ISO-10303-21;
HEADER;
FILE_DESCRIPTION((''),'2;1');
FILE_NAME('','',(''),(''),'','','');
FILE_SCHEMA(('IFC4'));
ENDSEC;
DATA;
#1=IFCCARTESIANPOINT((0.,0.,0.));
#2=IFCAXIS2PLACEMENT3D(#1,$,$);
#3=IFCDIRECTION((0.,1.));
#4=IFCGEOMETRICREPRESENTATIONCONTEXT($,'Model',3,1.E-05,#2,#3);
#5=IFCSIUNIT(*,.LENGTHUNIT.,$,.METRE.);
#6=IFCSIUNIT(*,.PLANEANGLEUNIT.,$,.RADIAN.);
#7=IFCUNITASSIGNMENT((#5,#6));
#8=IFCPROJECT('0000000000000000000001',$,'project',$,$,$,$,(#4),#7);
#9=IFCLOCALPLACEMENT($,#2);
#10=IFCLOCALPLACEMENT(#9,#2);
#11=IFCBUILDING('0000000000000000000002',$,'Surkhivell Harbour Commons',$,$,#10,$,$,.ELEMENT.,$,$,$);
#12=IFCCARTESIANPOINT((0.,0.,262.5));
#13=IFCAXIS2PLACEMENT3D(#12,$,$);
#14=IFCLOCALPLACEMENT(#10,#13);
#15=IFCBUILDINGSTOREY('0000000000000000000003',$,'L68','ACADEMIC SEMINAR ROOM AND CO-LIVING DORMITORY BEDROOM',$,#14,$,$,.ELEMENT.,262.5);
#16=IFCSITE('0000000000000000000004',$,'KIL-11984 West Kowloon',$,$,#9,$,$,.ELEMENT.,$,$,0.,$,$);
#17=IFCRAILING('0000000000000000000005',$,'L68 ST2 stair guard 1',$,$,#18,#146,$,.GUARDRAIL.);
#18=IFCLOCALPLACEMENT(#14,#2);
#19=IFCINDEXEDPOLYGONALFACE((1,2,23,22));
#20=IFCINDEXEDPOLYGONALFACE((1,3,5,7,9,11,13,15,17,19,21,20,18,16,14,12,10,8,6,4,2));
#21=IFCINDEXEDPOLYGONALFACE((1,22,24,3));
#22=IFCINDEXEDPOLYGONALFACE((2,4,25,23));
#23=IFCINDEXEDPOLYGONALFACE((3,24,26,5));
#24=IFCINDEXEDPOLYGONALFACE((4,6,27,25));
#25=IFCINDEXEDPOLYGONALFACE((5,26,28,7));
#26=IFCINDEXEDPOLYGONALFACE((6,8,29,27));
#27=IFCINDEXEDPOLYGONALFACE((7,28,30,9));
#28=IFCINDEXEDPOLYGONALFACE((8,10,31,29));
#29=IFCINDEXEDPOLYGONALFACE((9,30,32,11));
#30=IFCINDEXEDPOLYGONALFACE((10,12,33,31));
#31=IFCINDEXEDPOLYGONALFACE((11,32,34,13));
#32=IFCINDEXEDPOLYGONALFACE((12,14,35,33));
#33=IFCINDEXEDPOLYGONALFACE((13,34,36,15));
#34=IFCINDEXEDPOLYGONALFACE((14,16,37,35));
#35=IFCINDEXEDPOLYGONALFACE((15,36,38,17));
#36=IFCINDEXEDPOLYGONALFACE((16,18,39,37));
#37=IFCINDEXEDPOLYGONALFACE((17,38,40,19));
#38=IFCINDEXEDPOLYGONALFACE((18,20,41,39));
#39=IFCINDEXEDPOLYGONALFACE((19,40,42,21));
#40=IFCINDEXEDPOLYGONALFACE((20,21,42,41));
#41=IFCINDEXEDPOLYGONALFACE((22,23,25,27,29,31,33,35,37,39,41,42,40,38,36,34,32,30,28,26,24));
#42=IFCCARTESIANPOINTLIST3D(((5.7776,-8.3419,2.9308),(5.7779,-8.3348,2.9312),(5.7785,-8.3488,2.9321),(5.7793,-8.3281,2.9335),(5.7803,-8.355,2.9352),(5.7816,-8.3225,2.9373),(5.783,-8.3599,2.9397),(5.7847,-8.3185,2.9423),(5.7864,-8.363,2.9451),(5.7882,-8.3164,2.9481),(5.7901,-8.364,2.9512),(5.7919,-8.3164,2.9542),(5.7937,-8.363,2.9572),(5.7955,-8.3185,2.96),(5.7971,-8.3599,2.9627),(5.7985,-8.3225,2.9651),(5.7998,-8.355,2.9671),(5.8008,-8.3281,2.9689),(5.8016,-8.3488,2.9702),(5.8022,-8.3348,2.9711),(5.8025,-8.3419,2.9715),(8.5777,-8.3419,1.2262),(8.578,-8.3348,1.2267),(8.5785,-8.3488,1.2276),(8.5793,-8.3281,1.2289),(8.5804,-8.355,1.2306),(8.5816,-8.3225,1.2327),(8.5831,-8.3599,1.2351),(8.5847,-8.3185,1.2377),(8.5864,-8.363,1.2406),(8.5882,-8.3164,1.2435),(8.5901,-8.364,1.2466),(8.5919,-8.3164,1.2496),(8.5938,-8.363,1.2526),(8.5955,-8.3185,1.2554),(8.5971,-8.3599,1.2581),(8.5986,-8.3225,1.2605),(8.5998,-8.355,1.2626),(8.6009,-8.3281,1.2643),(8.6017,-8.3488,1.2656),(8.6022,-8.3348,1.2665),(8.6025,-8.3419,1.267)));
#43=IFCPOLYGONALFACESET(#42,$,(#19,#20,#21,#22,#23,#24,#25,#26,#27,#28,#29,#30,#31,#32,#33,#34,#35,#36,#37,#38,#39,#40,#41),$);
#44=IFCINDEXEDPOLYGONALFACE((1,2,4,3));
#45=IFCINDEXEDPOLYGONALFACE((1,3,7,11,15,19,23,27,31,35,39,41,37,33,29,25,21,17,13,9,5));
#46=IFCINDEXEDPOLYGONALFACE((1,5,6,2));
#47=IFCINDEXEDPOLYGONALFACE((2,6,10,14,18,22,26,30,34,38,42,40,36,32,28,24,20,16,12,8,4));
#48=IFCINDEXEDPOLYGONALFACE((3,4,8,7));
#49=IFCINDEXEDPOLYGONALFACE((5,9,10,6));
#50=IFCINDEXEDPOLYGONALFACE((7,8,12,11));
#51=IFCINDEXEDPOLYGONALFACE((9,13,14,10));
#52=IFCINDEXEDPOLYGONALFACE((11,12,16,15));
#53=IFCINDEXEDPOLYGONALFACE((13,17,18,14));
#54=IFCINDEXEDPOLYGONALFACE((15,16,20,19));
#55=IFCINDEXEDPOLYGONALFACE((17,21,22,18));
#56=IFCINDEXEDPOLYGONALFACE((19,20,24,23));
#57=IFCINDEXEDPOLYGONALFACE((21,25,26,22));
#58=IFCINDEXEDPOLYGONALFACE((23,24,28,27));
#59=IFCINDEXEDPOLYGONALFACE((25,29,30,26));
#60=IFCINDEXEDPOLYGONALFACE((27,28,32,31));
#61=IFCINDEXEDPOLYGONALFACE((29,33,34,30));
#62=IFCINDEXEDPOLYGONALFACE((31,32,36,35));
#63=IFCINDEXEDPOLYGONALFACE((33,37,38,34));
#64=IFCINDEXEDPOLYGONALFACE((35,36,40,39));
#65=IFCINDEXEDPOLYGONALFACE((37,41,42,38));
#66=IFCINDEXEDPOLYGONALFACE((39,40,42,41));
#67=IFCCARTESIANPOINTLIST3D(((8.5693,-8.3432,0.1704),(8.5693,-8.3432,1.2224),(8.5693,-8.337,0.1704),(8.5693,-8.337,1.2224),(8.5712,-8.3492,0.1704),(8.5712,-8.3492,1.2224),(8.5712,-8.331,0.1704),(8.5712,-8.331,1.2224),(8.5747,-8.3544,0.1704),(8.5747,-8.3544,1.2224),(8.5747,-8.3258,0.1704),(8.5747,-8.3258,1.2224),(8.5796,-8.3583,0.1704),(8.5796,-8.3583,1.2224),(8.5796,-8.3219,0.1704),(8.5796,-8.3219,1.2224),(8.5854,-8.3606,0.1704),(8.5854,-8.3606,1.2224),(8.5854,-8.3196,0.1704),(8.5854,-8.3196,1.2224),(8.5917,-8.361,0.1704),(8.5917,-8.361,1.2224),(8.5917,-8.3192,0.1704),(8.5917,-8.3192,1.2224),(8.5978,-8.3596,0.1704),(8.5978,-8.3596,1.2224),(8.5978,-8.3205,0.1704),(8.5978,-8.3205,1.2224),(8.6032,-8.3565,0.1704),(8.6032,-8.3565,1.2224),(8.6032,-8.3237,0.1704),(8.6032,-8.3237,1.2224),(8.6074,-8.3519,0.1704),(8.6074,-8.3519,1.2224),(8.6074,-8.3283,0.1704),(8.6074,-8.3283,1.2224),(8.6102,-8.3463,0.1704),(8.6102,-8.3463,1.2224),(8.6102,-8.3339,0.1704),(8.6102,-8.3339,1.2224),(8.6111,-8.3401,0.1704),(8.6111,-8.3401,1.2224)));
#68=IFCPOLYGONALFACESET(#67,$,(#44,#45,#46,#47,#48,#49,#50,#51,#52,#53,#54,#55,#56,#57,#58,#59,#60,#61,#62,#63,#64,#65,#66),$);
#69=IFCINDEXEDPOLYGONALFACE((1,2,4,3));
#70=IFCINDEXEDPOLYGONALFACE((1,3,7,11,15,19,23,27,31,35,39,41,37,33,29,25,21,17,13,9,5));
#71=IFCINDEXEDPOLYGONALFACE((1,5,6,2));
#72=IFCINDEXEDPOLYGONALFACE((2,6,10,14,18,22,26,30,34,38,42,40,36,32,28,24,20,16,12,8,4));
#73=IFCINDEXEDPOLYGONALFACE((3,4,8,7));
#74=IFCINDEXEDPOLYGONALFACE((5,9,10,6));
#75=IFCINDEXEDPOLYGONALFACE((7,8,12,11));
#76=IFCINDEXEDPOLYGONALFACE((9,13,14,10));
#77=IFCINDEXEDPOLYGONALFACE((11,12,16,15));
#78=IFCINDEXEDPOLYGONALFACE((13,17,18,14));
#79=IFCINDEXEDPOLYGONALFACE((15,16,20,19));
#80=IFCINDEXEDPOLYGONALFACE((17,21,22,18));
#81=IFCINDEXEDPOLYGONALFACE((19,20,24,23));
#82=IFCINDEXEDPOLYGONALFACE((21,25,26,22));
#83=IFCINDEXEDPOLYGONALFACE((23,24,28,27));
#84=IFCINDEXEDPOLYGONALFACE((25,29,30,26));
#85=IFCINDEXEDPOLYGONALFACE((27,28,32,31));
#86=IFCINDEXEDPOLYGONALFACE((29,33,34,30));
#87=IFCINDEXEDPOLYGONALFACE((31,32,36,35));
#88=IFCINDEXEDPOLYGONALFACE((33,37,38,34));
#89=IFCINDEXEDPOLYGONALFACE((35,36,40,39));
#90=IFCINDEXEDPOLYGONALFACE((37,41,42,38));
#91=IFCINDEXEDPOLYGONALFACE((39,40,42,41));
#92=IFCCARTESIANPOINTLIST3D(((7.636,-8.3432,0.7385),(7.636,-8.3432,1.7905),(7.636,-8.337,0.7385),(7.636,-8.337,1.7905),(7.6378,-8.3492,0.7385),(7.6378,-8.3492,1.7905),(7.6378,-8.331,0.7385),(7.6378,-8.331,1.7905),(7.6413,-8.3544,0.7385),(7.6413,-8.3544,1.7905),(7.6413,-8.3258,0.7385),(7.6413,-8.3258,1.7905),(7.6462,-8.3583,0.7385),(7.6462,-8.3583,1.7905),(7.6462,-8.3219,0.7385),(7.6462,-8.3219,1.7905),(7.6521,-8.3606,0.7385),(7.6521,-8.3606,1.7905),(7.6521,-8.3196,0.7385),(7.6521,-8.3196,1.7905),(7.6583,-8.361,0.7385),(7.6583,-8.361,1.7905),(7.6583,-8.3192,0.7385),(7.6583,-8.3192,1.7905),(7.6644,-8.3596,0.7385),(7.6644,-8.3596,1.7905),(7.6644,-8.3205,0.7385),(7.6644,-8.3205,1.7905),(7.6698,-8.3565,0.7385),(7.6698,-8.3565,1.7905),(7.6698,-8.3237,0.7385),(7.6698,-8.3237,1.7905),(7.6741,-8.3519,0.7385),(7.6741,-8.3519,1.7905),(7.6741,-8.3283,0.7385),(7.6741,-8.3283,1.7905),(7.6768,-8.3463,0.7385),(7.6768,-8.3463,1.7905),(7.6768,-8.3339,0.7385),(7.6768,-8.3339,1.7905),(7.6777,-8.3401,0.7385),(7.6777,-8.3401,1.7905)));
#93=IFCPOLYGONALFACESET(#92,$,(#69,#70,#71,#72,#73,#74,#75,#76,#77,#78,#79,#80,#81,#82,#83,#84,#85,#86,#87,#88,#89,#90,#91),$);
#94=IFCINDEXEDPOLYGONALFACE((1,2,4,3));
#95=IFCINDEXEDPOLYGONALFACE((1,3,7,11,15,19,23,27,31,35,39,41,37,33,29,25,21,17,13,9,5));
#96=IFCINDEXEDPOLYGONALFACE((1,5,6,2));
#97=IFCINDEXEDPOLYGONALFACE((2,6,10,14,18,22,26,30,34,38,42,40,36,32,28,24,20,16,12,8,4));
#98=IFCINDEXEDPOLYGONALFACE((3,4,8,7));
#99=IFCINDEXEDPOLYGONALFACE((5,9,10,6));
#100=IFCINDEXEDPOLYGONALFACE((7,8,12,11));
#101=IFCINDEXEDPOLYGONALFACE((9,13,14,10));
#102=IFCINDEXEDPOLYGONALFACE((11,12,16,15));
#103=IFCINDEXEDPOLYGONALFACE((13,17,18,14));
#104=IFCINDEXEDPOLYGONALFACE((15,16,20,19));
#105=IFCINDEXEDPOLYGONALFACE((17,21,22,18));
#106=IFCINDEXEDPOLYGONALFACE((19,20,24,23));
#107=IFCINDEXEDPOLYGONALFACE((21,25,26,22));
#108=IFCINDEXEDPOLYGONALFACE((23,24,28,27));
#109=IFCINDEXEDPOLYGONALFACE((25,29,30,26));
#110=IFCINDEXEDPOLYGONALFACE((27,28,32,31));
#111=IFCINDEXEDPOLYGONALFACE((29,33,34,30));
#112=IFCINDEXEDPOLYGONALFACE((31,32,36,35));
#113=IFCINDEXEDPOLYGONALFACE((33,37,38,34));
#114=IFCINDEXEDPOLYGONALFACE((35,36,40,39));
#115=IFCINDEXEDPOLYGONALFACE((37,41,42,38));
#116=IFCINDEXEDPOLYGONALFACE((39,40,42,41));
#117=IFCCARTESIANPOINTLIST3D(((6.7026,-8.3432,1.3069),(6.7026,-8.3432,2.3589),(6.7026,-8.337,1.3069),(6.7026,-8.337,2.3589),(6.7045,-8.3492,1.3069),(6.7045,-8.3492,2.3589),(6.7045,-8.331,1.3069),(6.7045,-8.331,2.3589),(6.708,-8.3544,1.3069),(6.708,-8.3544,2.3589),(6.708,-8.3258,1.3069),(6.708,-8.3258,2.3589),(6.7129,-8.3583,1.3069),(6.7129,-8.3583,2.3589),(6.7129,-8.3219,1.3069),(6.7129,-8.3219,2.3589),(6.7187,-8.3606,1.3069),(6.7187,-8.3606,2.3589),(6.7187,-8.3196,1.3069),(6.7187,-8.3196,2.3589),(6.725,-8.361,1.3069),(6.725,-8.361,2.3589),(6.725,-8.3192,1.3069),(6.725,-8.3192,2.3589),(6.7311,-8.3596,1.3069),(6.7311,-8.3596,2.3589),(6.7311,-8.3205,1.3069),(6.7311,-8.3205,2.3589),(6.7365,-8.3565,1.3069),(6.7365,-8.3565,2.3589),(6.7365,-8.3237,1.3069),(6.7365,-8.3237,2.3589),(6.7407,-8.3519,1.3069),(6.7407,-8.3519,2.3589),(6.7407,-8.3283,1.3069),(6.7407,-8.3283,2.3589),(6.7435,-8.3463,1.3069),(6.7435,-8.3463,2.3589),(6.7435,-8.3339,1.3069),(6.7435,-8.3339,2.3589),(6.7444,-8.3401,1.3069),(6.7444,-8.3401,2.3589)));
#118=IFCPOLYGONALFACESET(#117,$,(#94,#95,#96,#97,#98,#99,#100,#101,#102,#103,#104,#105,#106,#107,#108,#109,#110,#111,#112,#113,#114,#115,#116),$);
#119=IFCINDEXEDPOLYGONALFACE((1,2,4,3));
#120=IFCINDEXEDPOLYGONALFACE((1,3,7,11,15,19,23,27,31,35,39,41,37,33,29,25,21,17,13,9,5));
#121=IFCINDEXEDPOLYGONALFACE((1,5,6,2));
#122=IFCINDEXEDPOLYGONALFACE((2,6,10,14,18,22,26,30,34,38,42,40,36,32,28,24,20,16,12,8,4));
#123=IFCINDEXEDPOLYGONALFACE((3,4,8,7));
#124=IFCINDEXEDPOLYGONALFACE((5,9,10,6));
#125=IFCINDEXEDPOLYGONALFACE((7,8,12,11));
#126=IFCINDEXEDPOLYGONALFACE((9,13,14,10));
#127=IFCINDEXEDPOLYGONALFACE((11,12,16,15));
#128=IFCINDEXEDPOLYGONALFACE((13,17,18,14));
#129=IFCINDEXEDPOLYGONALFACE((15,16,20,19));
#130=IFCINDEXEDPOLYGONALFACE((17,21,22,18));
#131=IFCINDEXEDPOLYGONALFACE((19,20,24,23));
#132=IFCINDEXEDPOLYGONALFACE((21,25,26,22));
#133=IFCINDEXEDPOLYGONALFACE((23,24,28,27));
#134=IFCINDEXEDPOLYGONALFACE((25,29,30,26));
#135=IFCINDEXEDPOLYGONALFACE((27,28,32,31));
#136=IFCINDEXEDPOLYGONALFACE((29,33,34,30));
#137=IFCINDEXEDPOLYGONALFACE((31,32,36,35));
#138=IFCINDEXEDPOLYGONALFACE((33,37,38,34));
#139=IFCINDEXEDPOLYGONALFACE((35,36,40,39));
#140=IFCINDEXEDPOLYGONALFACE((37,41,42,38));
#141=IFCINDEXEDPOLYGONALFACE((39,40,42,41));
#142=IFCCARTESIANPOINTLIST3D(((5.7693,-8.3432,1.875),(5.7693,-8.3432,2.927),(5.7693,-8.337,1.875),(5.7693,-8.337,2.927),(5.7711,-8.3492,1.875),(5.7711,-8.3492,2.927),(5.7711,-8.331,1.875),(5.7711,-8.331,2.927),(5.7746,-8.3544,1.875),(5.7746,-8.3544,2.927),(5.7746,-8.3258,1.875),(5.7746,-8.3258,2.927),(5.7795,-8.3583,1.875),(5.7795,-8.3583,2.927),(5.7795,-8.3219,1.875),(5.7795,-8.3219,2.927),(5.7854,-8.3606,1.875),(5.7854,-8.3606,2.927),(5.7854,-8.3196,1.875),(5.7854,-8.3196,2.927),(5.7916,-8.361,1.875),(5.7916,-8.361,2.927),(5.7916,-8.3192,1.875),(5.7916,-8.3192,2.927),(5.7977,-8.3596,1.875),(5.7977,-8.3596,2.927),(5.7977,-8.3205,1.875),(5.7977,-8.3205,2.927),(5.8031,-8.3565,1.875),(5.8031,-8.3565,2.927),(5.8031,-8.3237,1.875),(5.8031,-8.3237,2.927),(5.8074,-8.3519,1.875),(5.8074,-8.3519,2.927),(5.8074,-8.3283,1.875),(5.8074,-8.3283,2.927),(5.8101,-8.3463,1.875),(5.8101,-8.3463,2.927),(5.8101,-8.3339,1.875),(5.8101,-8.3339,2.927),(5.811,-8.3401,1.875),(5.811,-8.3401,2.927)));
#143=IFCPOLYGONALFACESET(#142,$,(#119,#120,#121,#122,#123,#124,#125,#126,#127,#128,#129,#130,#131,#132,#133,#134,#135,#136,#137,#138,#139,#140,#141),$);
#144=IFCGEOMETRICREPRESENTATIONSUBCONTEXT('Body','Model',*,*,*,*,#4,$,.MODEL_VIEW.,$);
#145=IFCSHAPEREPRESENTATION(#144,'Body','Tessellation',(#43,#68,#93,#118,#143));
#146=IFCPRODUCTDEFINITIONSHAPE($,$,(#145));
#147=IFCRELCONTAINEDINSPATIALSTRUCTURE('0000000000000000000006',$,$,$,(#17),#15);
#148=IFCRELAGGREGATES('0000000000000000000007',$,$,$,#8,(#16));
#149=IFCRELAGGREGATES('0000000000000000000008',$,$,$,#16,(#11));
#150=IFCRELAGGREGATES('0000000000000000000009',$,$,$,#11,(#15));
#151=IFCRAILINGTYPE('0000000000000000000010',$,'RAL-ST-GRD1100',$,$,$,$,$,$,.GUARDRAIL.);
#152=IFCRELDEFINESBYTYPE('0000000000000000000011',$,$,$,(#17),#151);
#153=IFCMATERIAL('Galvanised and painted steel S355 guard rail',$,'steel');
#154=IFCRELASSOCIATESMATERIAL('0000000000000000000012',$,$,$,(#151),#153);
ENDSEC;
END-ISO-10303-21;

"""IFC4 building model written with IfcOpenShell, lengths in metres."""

from ifc_helpers import new_model, si_unit, direction, frame, origin, origin_2d, place, context, subcontext, project, spatial, circle, extrude, material, type_object, element, save


model = new_model("IFC4")

# Units and contexts
model_context = context("Model", 3, precision=1e-05, world=origin(), true_north=direction((0.0, 1.0)))
body_context = subcontext(model_context, "Body", "Model", "MODEL_VIEW")
ifc_project = project(units=[si_unit("LENGTHUNIT", "METRE"), si_unit("PLANEANGLEUNIT", "RADIAN")], contexts=[model_context])

# Site, building, storey
site_placement = place(None, origin())
site = spatial("IfcSite", under=ifc_project, at=site_placement, Name="KIL-11984 West Kowloon", CompositionType="ELEMENT", RefElevation=0.0)
building_placement = place(site_placement, origin())
building = spatial("IfcBuilding", under=site, at=building_placement, Name="Surkhivell Harbour Commons", CompositionType="ELEMENT")
storey_placement = place(building_placement, frame((0.0, 0.0, 262.5)))
storey = spatial("IfcBuildingStorey", under=building, at=storey_placement, Name="L68", Description="ACADEMIC SEMINAR ROOM AND CO-LIVING DORMITORY BEDROOM", CompositionType="ELEMENT", Elevation=262.5)

# Railing
ifc_material_1 = material(Name="Galvanised and painted steel S355 guard rail", Category="steel")
railing_type_1 = type_object("IfcRailingType", Name="RAL-ST-GRD1100", PredefinedType="GUARDRAIL", material=ifc_material_1)
railing_1_placement = place(storey_placement, frame((8.5901, -8.3401, 0.1704)))
element("IfcRailing", 1, at=railing_1_placement, inside=storey, type_object=railing_type_1, Name="L68 ST2 stair guard 1", PredefinedType="GUARDRAIL", context=body_context, shape_type="SweptSolid", body=[
    extrude(circle(Radius=0.0239, at=origin_2d()), frame((0.0, 0.0, 1.0762), z_axis=(-0.85417, 0.0, 0.519994), x_axis=(0.0, -1.0, 0.0)), (0.0, 0.0, 1.0), 3.2781),
    extrude(circle(Radius=0.021, at=origin_2d()), origin(), (0.0, 0.0, 1.0), 1.052),
    extrude(circle(Radius=0.021, at=origin_2d()), frame((-0.9333, 0.0, 0.5681)), (0.0, 0.0, 1.0), 1.052),
    extrude(circle(Radius=0.021, at=origin_2d()), frame((-1.8667, 0.0, 1.1365)), (0.0, 0.0, 1.0), 1.052),
    extrude(circle(Radius=0.021, at=origin_2d()), frame((-2.8, 0.0, 1.7046)), (0.0, 0.0, 1.0), 1.052),
])

save(model, "model.ifc")
